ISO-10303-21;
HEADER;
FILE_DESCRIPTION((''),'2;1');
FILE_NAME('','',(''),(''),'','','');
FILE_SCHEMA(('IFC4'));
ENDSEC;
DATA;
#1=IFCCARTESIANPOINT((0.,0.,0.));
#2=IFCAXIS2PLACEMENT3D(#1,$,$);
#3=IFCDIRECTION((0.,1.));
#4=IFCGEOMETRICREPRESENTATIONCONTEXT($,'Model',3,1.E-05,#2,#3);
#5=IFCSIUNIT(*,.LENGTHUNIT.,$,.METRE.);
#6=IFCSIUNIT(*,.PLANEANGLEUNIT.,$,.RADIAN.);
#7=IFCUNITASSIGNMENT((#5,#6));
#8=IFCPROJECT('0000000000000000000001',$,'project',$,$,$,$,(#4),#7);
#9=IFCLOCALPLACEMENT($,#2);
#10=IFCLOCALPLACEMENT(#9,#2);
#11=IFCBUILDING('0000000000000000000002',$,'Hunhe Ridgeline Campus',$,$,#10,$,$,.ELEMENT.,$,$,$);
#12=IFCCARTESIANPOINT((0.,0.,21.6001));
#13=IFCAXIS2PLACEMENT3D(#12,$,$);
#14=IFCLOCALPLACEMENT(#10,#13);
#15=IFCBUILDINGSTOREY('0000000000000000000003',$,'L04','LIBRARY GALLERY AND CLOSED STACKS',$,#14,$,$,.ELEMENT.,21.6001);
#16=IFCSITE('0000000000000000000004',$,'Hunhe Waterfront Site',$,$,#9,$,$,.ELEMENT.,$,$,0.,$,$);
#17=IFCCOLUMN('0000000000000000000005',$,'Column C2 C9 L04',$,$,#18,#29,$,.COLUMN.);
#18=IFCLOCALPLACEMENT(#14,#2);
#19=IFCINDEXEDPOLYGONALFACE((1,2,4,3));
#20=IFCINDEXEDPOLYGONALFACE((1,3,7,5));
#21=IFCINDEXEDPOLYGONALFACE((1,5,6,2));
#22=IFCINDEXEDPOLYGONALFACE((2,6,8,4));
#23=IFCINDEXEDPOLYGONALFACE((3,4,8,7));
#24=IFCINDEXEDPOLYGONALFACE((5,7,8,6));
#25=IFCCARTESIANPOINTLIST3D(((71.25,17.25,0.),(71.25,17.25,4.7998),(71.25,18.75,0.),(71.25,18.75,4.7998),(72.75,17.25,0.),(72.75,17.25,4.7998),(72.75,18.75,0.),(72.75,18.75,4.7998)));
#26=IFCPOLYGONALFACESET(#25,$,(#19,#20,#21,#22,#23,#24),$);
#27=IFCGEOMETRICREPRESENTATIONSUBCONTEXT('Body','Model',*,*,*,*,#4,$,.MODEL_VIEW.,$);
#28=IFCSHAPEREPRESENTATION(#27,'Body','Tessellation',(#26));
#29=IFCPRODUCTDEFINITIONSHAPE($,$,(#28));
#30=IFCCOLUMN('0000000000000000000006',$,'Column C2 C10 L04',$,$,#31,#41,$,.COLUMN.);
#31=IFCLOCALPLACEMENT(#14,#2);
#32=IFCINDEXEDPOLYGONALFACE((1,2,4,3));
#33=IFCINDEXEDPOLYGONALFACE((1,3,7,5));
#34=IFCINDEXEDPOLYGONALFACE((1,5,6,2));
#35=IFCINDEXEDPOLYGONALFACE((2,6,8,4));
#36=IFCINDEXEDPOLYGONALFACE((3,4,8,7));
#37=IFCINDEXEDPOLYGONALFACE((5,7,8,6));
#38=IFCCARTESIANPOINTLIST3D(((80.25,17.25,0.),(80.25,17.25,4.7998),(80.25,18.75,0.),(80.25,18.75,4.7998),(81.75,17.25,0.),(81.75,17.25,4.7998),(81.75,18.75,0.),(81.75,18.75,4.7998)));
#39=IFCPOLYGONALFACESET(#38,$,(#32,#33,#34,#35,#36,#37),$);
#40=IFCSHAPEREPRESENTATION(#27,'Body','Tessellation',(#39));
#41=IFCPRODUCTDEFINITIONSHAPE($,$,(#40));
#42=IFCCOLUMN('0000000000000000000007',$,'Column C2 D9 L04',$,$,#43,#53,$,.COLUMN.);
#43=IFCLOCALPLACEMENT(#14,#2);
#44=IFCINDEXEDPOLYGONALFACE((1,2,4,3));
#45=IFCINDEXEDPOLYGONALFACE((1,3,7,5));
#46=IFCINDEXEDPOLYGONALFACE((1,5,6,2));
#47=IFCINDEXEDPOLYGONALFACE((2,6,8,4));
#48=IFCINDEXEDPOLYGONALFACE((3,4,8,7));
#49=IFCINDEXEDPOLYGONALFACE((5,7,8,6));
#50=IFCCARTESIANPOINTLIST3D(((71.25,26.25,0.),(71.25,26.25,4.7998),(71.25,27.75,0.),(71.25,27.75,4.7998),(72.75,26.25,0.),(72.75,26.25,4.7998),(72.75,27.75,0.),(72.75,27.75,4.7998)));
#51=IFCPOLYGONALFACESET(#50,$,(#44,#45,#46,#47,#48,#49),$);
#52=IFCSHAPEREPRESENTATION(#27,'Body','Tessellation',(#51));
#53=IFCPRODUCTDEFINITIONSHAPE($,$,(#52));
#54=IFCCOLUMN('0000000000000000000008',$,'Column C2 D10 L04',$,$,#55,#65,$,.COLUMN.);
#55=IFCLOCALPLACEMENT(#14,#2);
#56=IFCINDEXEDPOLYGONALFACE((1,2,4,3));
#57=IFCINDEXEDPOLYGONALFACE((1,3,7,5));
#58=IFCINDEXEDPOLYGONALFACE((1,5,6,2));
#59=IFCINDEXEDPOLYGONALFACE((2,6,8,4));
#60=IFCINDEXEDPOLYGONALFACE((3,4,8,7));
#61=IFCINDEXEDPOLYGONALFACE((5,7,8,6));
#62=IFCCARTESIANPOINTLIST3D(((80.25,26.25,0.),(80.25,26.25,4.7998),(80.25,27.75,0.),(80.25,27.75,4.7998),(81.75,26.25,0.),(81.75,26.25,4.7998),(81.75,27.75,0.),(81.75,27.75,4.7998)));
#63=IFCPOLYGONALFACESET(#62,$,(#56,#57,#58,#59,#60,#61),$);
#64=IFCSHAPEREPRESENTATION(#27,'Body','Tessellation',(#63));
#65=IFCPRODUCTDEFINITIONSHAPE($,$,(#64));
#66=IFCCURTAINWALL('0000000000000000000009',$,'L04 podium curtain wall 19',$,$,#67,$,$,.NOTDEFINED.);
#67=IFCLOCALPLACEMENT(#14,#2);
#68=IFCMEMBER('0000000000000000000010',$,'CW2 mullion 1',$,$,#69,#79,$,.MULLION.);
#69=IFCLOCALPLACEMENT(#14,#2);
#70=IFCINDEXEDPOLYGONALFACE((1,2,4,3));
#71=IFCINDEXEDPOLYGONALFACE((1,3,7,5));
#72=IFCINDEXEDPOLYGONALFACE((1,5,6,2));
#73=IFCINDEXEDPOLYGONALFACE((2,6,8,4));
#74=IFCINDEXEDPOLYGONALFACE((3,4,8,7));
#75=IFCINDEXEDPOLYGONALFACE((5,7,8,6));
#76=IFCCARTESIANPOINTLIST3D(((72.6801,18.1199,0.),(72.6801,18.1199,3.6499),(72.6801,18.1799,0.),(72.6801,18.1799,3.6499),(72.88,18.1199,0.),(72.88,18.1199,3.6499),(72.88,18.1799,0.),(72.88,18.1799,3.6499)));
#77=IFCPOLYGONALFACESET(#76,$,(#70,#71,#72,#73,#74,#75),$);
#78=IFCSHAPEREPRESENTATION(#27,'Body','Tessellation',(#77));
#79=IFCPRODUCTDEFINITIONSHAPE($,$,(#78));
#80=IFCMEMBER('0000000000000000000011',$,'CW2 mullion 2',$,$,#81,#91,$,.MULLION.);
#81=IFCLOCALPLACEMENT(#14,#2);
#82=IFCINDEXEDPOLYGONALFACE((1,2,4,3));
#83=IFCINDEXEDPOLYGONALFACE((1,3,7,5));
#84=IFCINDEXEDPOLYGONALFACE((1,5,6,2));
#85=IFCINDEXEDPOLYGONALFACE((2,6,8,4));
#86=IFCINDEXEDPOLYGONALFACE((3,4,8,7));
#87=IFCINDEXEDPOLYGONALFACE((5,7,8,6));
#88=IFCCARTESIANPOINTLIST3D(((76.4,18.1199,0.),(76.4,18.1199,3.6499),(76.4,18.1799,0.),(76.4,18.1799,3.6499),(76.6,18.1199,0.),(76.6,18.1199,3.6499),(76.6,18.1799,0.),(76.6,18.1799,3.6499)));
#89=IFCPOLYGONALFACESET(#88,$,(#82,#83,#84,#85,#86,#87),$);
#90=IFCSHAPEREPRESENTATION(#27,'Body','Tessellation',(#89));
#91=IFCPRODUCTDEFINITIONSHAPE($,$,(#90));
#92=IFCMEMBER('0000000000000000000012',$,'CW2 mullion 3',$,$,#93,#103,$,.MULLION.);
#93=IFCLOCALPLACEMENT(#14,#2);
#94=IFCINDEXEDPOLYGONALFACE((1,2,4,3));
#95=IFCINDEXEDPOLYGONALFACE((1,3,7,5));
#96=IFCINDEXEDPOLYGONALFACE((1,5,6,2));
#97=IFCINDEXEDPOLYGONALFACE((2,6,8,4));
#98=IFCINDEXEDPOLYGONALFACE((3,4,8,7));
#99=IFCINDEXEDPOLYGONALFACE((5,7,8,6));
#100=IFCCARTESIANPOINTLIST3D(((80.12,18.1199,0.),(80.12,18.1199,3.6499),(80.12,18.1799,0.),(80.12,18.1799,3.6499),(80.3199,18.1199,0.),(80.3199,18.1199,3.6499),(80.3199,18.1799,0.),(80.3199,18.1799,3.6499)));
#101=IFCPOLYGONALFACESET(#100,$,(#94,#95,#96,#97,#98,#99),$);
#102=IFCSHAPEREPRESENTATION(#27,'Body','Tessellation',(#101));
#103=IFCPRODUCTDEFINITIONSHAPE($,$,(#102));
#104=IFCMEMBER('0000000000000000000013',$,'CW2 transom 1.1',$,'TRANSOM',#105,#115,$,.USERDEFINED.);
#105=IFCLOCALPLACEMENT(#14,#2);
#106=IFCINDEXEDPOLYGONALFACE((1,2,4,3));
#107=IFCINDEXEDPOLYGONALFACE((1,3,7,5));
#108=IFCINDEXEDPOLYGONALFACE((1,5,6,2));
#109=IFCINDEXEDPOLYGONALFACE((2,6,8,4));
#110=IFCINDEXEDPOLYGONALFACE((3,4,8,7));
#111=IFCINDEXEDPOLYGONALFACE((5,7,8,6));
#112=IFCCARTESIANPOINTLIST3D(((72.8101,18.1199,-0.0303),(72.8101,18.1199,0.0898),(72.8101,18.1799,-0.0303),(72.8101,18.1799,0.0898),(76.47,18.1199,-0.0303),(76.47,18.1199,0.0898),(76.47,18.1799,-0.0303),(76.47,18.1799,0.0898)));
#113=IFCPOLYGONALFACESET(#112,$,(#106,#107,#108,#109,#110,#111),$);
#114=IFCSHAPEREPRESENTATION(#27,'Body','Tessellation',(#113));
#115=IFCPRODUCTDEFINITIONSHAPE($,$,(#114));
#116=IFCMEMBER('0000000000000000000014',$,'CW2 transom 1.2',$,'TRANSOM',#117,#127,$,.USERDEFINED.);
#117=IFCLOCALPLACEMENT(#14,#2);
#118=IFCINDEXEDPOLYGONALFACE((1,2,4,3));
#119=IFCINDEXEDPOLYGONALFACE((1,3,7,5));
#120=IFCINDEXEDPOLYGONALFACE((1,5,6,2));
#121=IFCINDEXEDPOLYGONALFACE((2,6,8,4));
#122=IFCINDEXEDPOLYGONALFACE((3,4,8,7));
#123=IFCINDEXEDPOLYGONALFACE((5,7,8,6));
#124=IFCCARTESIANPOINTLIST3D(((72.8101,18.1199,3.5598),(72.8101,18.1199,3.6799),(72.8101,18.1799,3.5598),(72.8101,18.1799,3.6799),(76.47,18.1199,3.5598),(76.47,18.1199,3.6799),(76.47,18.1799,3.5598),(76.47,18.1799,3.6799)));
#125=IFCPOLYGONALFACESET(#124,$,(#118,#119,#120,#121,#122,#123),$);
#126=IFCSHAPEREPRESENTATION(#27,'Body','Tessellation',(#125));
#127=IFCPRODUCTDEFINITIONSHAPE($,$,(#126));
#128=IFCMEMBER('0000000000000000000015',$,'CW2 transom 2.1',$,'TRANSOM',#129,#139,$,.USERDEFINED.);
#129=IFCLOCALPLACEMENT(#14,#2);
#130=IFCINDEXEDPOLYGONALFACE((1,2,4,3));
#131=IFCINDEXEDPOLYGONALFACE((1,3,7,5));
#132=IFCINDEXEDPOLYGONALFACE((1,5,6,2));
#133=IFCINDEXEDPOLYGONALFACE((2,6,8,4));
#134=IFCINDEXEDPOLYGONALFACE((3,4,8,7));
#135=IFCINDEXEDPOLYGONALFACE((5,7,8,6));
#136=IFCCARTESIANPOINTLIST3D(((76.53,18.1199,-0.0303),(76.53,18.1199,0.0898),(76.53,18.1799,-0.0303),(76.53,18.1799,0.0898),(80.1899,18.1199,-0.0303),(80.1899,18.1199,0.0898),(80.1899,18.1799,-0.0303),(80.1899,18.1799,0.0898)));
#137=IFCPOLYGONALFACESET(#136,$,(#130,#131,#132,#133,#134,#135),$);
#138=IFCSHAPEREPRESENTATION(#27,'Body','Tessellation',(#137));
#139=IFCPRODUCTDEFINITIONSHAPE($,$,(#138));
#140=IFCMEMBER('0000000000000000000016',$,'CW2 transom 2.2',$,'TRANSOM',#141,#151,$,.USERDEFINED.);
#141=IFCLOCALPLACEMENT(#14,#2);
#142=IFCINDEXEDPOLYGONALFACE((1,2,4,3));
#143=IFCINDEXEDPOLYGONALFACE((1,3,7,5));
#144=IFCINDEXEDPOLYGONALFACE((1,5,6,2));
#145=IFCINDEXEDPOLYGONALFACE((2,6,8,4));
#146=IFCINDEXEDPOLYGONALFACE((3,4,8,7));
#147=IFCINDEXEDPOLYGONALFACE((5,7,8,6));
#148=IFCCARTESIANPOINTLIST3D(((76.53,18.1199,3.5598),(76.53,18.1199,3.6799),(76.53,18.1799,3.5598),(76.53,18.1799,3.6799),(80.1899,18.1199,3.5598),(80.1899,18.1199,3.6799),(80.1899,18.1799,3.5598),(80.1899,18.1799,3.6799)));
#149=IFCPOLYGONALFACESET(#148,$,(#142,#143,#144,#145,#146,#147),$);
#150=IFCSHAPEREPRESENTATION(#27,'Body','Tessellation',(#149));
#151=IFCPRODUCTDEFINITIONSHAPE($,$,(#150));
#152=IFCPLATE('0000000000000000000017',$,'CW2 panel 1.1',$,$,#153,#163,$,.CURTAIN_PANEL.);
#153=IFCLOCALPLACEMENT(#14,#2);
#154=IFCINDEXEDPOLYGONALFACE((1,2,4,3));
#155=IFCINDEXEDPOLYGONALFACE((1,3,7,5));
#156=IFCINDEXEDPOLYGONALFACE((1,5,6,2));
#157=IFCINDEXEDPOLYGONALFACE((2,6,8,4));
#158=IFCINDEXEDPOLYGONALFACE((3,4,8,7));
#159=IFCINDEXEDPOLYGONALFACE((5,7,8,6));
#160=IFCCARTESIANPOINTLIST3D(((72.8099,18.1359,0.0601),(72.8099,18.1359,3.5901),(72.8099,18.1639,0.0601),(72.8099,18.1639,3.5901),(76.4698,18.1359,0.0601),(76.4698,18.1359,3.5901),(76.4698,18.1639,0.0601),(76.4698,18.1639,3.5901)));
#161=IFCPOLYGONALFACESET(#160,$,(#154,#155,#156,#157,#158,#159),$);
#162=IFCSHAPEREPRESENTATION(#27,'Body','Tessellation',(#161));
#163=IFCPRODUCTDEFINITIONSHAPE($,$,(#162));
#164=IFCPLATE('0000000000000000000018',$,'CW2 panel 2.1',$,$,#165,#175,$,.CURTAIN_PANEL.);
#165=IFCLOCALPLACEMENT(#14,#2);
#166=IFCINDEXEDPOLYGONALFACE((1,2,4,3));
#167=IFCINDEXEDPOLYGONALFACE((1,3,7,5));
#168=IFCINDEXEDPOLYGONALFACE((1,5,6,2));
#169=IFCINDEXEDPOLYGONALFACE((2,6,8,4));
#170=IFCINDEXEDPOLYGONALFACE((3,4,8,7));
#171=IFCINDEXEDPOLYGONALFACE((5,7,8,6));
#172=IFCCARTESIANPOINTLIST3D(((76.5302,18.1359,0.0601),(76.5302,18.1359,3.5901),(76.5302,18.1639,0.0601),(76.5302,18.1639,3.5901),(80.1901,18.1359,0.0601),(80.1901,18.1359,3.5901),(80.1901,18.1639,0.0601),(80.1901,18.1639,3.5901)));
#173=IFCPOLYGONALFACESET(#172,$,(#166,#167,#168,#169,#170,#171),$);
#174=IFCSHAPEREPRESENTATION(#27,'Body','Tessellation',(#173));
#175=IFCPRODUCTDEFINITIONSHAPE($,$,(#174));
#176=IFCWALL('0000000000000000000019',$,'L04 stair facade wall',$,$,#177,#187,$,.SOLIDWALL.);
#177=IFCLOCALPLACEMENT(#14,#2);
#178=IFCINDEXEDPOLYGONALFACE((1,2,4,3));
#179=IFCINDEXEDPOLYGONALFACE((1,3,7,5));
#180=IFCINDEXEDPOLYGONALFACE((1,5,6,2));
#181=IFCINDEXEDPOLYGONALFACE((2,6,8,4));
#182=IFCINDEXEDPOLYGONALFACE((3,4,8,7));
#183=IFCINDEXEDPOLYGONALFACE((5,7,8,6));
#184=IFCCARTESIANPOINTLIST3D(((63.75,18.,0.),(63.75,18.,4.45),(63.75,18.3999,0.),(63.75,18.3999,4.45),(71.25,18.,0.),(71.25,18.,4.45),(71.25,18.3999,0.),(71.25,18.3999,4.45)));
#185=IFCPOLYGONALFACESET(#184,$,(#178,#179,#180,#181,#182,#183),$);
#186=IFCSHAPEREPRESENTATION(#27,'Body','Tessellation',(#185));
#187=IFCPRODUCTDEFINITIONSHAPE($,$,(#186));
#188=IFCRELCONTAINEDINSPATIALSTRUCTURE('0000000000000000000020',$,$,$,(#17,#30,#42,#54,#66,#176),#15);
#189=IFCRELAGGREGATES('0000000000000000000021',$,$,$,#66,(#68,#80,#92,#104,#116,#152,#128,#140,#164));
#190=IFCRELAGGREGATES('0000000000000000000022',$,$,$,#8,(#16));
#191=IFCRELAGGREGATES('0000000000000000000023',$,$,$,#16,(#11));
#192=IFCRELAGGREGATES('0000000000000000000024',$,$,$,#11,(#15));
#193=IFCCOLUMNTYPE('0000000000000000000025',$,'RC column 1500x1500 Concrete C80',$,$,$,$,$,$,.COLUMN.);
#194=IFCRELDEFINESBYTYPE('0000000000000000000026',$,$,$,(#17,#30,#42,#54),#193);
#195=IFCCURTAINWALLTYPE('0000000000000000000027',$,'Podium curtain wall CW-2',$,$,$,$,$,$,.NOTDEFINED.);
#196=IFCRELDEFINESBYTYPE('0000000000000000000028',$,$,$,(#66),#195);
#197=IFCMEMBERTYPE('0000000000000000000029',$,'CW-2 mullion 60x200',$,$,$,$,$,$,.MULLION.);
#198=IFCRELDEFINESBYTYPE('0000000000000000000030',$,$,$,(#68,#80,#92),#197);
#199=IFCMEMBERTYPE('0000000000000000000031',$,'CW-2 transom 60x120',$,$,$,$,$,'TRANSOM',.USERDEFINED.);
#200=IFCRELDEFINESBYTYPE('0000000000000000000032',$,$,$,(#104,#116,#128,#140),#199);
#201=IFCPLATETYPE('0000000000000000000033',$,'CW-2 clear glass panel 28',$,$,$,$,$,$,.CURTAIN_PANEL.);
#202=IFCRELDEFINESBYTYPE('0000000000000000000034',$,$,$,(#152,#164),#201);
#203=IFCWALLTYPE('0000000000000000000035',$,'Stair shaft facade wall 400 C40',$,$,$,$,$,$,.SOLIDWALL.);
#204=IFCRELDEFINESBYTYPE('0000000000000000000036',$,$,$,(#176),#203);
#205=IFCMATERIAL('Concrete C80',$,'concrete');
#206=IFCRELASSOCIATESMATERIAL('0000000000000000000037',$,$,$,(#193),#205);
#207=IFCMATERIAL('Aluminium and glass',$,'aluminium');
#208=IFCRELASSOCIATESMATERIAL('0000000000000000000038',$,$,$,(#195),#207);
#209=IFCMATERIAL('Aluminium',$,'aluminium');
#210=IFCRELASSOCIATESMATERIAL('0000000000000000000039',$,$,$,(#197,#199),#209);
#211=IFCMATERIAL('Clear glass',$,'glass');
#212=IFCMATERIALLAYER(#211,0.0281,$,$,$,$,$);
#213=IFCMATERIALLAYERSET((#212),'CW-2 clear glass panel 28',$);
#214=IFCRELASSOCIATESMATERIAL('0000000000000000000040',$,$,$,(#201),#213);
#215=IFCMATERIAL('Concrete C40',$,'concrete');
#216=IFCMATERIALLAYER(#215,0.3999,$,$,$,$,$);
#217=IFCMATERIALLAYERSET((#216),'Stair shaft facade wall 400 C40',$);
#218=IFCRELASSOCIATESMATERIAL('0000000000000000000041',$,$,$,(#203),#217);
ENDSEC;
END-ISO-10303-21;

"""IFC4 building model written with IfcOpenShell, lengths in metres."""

from ifc_helpers import new_model, si_unit, direction, frame, frame_2d, origin, origin_2d, place, context, subcontext, project, spatial, rectangle, extrude, material, layer, layer_set, material_profile, profile_set, type_object, element, aggregate, save


model = new_model("IFC4")

# Units and contexts
model_context = context("Model", 3, precision=1e-05, world=origin(), true_north=direction((0.0, 1.0)))
body_context = subcontext(model_context, "Body", "Model", "MODEL_VIEW")
ifc_project = project(units=[si_unit("LENGTHUNIT", "METRE"), si_unit("PLANEANGLEUNIT", "RADIAN")], contexts=[model_context])

# Site, building, storey
site_placement = place(None, origin())
site = spatial("IfcSite", under=ifc_project, at=site_placement, Name="Hunhe Waterfront Site", CompositionType="ELEMENT", RefElevation=0.0)
building_placement = place(site_placement, origin())
building = spatial("IfcBuilding", under=site, at=building_placement, Name="Hunhe Ridgeline Campus", CompositionType="ELEMENT")
storey_placement = place(building_placement, frame((0.0, 0.0, 21.6001)))
storey = spatial("IfcBuildingStorey", under=building, at=storey_placement, Name="L04", Description="LIBRARY GALLERY AND CLOSED STACKS", CompositionType="ELEMENT", Elevation=21.6001)

# Columns
ifc_material_1 = material(Name="Concrete C80", Category="concrete")
ifc_material_profile_1 = material_profile(ifc_material_1, rectangle(XDim=1.5, YDim=1.5, at=origin_2d()))
ifc_profile_set_1 = profile_set([ifc_material_profile_1], Name="Concrete C80")
column_type = type_object("IfcColumnType", Name="RC column 1500x1500 Concrete C80", PredefinedType="COLUMN", material=ifc_profile_set_1)
for number, where, z_axis, x_axis, name in (
    (1, (72.0, 18.0, 0.0), (0.0, 0.0, 1.0), (1.0, 0.0, 0.0), "Column C2 C9 L04"),
    (2, (81.0, 18.0, 0.0), (0.0, 0.0, 1.0), (1.0, 0.0, 0.0), "Column C2 C10 L04"),
    (3, (72.0, 27.0, 0.0), (0.0, 0.0, 1.0), (1.0, 0.0, 0.0), "Column C2 D9 L04"),
    (4, (81.0, 27.0, 0.0), (0.0, 0.0, 1.0), (1.0, 0.0, 0.0), "Column C2 D10 L04"),
):
    element("IfcColumn", number, at=place(storey_placement, frame(where, z_axis=z_axis, x_axis=x_axis)), inside=storey, type_object=column_type, Name=name, PredefinedType="COLUMN", context=body_context, shape_type="SweptSolid", body=[
        extrude(rectangle(XDim=1.5, YDim=1.5, at=origin_2d()), origin(), (0.0, 0.0, 1.0), 4.7998),
    ])

# Curtain wall, members, plates
ifc_material_2 = material(Name="Aluminium and glass", Category="aluminium")
curtain_wall_type = type_object("IfcCurtainWallType", Name="Podium curtain wall CW-2", PredefinedType="NOTDEFINED", material=ifc_material_2)
curtain_wall_placement = place(storey_placement, origin())
curtain_wall = element("IfcCurtainWall", 5, at=curtain_wall_placement, inside=storey, type_object=curtain_wall_type, Name="L04 podium curtain wall 19", PredefinedType="NOTDEFINED")
ifc_material_3 = material(Name="Aluminium", Category="aluminium")
ifc_material_profile_2 = material_profile(ifc_material_3, rectangle(XDim=0.0601, YDim=0.2, at=origin_2d()))
ifc_profile_set_2 = profile_set([ifc_material_profile_2], Name="Aluminium")
member_type_1 = type_object("IfcMemberType", Name="CW-2 mullion 60x200", PredefinedType="MULLION", material=ifc_profile_set_2)
member_1_placement = place(storey_placement, frame((72.78, 18.1499, 0.0), z_axis=(0.0, 0.0, 1.0), x_axis=(0.0, 1.0, 0.0)))
member_1 = element("IfcMember", 6, at=member_1_placement, type_object=member_type_1, Name="CW2 mullion 1", PredefinedType="MULLION", context=body_context, shape_type="SweptSolid", body=[
    extrude(rectangle(XDim=0.0601, YDim=0.2, at=origin_2d()), origin(), (0.0, 0.0, 1.0), 3.6499),
])
member_2_placement = place(storey_placement, frame((76.5, 18.1499, 0.0), z_axis=(0.0, 0.0, 1.0), x_axis=(0.0, 1.0, 0.0)))
member_2 = element("IfcMember", 7, at=member_2_placement, type_object=member_type_1, Name="CW2 mullion 2", PredefinedType="MULLION", context=body_context, shape_type="SweptSolid", body=[
    extrude(rectangle(XDim=0.0601, YDim=0.2, at=origin_2d()), origin(), (0.0, 0.0, 1.0), 3.6499),
])
member_3_placement = place(storey_placement, frame((80.22, 18.1499, 0.0), z_axis=(0.0, 0.0, 1.0), x_axis=(0.0, 1.0, 0.0)))
member_3 = element("IfcMember", 8, at=member_3_placement, type_object=member_type_1, Name="CW2 mullion 3", PredefinedType="MULLION", context=body_context, shape_type="SweptSolid", body=[
    extrude(rectangle(XDim=0.0601, YDim=0.2, at=origin_2d()), origin(), (0.0, 0.0, 1.0), 3.6499),
])
ifc_material_profile_3 = material_profile(ifc_material_3, rectangle(XDim=0.0601, YDim=0.1201, at=origin_2d()))
ifc_profile_set_3 = profile_set([ifc_material_profile_3], Name="Aluminium")
member_type_2 = type_object("IfcMemberType", Name="CW-2 transom 60x120", ElementType="TRANSOM", PredefinedType="USERDEFINED", material=ifc_profile_set_3)
member_4_placement = place(storey_placement, frame((72.8101, 18.1499, 0.0298), z_axis=(1.0, 0.0, 0.0), x_axis=(0.0, 1.0, 0.0)))
member_4 = element("IfcMember", 9, at=member_4_placement, type_object=member_type_2, Name="CW2 transom 1.1", ObjectType="TRANSOM", PredefinedType="USERDEFINED", context=body_context, shape_type="SweptSolid", body=[
    extrude(rectangle(XDim=0.0601, YDim=0.1201, at=origin_2d()), origin(), (0.0, 0.0, 1.0), 3.6599),
])
member_5_placement = place(storey_placement, frame((72.8101, 18.1499, 3.6199), z_axis=(1.0, 0.0, 0.0), x_axis=(0.0, 1.0, 0.0)))
member_5 = element("IfcMember", 10, at=member_5_placement, type_object=member_type_2, Name="CW2 transom 1.2", ObjectType="TRANSOM", PredefinedType="USERDEFINED", context=body_context, shape_type="SweptSolid", body=[
    extrude(rectangle(XDim=0.0601, YDim=0.1201, at=origin_2d()), origin(), (0.0, 0.0, 1.0), 3.6599),
])
member_6_placement = place(storey_placement, frame((76.53, 18.1499, 0.0298), z_axis=(1.0, 0.0, 0.0), x_axis=(0.0, 1.0, 0.0)))
member_6 = element("IfcMember", 11, at=member_6_placement, type_object=member_type_2, Name="CW2 transom 2.1", ObjectType="TRANSOM", PredefinedType="USERDEFINED", context=body_context, shape_type="SweptSolid", body=[
    extrude(rectangle(XDim=0.0601, YDim=0.1201, at=origin_2d()), origin(), (0.0, 0.0, 1.0), 3.6599),
])
member_7_placement = place(storey_placement, frame((76.53, 18.1499, 3.6199), z_axis=(1.0, 0.0, 0.0), x_axis=(0.0, 1.0, 0.0)))
member_7 = element("IfcMember", 12, at=member_7_placement, type_object=member_type_2, Name="CW2 transom 2.2", ObjectType="TRANSOM", PredefinedType="USERDEFINED", context=body_context, shape_type="SweptSolid", body=[
    extrude(rectangle(XDim=0.0601, YDim=0.1201, at=origin_2d()), origin(), (0.0, 0.0, 1.0), 3.6599),
])
ifc_material_4 = material(Name="Clear glass", Category="glass")
ifc_layer_1 = layer(ifc_material_4, 0.0281)
ifc_layer_set_1 = layer_set([ifc_layer_1], Name="CW-2 clear glass panel 28")
plate_type = type_object("IfcPlateType", Name="CW-2 clear glass panel 28", PredefinedType="CURTAIN_PANEL", material=ifc_layer_set_1)
plate_1_placement = place(storey_placement, frame((74.6399, 18.1499, 0.0601), z_axis=(0.0, 0.0, 1.0), x_axis=(1.0, 0.0, 0.0)))
plate_1 = element("IfcPlate", 13, at=plate_1_placement, type_object=plate_type, Name="CW2 panel 1.1", PredefinedType="CURTAIN_PANEL", context=body_context, shape_type="SweptSolid", body=[
    extrude(rectangle(XDim=3.6599, YDim=0.0281, at=origin_2d()), origin(), (0.0, 0.0, 1.0), 3.53),
])
plate_2_placement = place(storey_placement, frame((78.3601, 18.1499, 0.0601), z_axis=(0.0, 0.0, 1.0), x_axis=(1.0, 0.0, 0.0)))
plate_2 = element("IfcPlate", 14, at=plate_2_placement, type_object=plate_type, Name="CW2 panel 2.1", PredefinedType="CURTAIN_PANEL", context=body_context, shape_type="SweptSolid", body=[
    extrude(rectangle(XDim=3.6599, YDim=0.0281, at=origin_2d()), origin(), (0.0, 0.0, 1.0), 3.53),
])
aggregate(curtain_wall, [member_1, member_2, member_3, member_4, member_5, plate_1, member_6, member_7, plate_2])

# Wall
ifc_material_5 = material(Name="Concrete C40", Category="concrete")
ifc_layer_2 = layer(ifc_material_5, 0.3999)
ifc_layer_set_2 = layer_set([ifc_layer_2], Name="Stair shaft facade wall 400 C40")
wall_type_1 = type_object("IfcWallType", Name="Stair shaft facade wall 400 C40", PredefinedType="SOLIDWALL", material=ifc_layer_set_2)
wall_1_placement = place(storey_placement, frame((71.25, 18.2, 0.0), z_axis=(0.0, 0.0, 1.0), x_axis=(-1.0, 0.0, 0.0)))
element("IfcWall", 15, at=wall_1_placement, inside=storey, type_object=wall_type_1, Name="L04 stair facade wall", PredefinedType="SOLIDWALL", context=body_context, shape_type="SweptSolid", body=[
    extrude(rectangle(XDim=7.5, YDim=0.3999, at=frame_2d((3.75, 0.0))), origin(), (0.0, 0.0, 1.0), 4.45),
])

save(model, "model.ifc")
